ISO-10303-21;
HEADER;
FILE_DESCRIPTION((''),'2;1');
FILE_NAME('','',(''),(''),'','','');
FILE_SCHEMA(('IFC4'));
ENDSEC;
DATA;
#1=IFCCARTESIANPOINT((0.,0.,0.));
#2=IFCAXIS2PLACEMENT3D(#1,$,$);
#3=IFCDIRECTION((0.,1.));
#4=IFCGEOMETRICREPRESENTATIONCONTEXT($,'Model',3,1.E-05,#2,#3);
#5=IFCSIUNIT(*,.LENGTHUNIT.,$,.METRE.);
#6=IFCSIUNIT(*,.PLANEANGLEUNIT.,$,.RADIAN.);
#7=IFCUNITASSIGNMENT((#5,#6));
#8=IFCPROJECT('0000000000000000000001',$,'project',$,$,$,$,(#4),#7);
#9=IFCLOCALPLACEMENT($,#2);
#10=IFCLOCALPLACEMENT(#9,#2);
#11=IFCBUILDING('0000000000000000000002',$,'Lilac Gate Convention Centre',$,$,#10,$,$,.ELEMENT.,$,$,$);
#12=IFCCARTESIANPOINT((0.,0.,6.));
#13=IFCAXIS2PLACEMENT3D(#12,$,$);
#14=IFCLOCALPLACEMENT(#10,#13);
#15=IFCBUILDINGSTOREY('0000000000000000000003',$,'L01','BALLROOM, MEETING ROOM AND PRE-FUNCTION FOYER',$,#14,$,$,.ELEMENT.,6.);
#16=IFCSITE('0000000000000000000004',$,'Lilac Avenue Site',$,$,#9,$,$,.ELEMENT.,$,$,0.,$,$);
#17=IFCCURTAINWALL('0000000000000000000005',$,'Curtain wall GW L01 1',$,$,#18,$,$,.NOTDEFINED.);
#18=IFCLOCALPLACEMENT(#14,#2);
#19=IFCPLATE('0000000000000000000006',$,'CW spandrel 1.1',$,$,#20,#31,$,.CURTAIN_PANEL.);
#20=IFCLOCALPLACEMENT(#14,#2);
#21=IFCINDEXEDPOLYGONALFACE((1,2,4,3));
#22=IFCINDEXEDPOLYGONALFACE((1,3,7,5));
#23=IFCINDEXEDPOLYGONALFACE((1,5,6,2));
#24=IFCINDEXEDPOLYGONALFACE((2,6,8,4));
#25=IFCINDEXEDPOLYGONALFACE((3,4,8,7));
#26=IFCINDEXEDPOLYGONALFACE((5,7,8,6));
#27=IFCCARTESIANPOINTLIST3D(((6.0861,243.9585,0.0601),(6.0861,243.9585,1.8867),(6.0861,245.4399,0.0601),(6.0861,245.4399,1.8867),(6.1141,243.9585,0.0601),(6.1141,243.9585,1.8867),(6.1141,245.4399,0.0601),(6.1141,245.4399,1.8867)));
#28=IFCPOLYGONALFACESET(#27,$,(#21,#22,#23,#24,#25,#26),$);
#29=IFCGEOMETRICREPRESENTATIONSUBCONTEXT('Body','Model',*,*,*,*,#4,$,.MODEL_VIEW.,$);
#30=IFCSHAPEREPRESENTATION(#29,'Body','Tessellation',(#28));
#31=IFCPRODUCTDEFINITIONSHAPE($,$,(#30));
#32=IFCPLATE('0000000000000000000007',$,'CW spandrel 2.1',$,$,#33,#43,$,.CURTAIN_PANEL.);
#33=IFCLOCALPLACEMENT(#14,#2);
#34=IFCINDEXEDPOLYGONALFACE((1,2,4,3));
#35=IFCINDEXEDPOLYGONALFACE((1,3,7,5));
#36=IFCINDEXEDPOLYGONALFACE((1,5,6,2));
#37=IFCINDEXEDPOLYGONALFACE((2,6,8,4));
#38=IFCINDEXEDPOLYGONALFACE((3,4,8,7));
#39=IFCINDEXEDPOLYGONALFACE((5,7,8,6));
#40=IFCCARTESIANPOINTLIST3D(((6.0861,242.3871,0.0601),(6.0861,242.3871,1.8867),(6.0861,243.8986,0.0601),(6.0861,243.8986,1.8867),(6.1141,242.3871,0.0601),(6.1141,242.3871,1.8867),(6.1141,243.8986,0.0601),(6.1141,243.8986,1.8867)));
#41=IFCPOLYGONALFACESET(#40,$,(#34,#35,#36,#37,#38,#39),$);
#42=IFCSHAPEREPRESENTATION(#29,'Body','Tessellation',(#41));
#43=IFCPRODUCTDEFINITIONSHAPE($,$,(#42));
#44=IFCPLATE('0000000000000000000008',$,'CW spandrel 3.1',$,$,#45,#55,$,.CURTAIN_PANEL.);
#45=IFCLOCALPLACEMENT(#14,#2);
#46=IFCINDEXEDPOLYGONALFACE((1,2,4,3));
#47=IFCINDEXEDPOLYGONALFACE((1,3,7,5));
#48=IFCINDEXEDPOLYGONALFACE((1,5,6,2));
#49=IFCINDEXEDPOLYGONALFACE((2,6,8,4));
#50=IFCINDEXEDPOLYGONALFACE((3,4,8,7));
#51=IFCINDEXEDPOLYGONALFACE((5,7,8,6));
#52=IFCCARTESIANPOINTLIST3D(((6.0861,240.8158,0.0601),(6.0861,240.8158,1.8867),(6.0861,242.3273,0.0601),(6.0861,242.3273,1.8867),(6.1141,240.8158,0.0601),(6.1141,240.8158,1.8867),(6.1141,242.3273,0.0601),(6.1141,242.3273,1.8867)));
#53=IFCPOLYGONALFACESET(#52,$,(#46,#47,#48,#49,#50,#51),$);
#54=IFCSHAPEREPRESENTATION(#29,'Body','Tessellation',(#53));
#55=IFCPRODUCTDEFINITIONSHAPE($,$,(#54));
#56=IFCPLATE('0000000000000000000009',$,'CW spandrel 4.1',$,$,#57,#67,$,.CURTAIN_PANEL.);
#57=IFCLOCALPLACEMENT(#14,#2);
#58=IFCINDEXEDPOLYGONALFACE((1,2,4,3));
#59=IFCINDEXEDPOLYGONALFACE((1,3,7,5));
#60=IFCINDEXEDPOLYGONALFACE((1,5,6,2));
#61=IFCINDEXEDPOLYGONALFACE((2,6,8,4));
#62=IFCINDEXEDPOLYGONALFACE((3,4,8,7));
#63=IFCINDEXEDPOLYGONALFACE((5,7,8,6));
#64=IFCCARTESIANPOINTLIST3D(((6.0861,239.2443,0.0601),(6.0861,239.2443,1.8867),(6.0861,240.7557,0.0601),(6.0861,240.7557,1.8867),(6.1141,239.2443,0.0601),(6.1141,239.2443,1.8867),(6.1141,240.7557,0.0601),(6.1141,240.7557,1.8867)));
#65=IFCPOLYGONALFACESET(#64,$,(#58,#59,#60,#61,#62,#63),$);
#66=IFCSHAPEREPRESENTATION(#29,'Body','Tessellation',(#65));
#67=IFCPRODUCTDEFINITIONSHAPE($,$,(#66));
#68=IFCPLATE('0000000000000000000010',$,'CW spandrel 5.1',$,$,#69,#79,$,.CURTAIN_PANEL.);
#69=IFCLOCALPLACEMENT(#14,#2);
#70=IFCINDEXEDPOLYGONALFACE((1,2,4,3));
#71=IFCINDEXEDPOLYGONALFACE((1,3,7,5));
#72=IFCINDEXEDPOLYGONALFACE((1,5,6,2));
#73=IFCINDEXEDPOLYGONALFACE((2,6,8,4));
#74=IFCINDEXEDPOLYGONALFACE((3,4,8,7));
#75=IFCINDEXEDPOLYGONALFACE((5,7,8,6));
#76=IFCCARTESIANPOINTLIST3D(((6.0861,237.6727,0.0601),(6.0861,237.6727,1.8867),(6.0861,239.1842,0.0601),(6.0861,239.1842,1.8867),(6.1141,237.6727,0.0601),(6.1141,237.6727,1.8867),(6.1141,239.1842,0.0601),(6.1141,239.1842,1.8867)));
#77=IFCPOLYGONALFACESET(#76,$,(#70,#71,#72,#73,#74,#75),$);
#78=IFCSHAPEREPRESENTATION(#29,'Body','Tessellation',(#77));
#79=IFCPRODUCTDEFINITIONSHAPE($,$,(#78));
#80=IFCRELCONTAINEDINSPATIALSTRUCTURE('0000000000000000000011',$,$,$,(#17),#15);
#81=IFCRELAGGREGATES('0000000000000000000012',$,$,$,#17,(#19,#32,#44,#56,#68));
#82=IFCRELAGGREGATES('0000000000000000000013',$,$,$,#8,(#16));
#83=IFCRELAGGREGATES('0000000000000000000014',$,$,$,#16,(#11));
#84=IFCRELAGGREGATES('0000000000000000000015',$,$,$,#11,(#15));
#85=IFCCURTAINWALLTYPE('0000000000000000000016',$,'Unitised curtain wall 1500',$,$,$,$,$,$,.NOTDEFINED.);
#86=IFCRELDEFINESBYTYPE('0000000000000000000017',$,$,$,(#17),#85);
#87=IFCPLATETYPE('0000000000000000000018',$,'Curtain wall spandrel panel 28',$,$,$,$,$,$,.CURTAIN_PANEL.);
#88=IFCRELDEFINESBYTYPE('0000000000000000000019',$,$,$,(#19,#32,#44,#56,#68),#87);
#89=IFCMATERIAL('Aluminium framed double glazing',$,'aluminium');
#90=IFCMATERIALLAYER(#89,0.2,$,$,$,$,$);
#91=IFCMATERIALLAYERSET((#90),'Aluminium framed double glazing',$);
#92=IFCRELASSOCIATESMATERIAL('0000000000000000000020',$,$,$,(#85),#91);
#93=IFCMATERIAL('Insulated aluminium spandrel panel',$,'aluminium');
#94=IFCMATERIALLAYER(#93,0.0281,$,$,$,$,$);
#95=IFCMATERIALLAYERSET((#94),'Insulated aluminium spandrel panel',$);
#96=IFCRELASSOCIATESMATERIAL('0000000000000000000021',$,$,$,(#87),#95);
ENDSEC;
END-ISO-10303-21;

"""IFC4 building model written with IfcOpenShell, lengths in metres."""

from ifc_helpers import new_model, si_unit, direction, frame, origin, origin_2d, place, context, subcontext, project, spatial, rectangle, extrude, material, layer, layer_set, type_object, element, aggregate, save


model = new_model("IFC4")

# Units and contexts
model_context = context("Model", 3, precision=1e-05, world=origin(), true_north=direction((0.0, 1.0)))
body_context = subcontext(model_context, "Body", "Model", "MODEL_VIEW")
ifc_project = project(units=[si_unit("LENGTHUNIT", "METRE"), si_unit("PLANEANGLEUNIT", "RADIAN")], contexts=[model_context])

# Site, building, storey
site_placement = place(None, origin())
site = spatial("IfcSite", under=ifc_project, at=site_placement, Name="Lilac Avenue Site", CompositionType="ELEMENT", RefElevation=0.0)
building_placement = place(site_placement, origin())
building = spatial("IfcBuilding", under=site, at=building_placement, Name="Lilac Gate Convention Centre", CompositionType="ELEMENT")
storey_placement = place(building_placement, frame((0.0, 0.0, 6.0)))
storey = spatial("IfcBuildingStorey", under=building, at=storey_placement, Name="L01", Description="BALLROOM, MEETING ROOM AND PRE-FUNCTION FOYER", CompositionType="ELEMENT", Elevation=6.0)

# Curtain wall, plates
ifc_material_1 = material(Name="Aluminium framed double glazing", Category="aluminium")
ifc_layer_1 = layer(ifc_material_1, 0.2)
ifc_layer_set_1 = layer_set([ifc_layer_1], Name="Aluminium framed double glazing")
curtain_wall_type = type_object("IfcCurtainWallType", Name="Unitised curtain wall 1500", PredefinedType="NOTDEFINED", material=ifc_layer_set_1)
curtain_wall_placement = place(storey_placement, origin())
curtain_wall = element("IfcCurtainWall", 1, at=curtain_wall_placement, inside=storey, type_object=curtain_wall_type, Name="Curtain wall GW L01 1", PredefinedType="NOTDEFINED")
ifc_material_2 = material(Name="Insulated aluminium spandrel panel", Category="aluminium")
ifc_layer_2 = layer(ifc_material_2, 0.0281)
ifc_layer_set_2 = layer_set([ifc_layer_2], Name="Insulated aluminium spandrel panel")
plate_type_1 = type_object("IfcPlateType", Name="Curtain wall spandrel panel 28", PredefinedType="CURTAIN_PANEL", material=ifc_layer_set_2)
plate_1_placement = place(storey_placement, frame((6.1001, 244.6992, 0.0601), z_axis=(0.0, 0.0, 1.0), x_axis=(0.0, -1.0, 0.0)))
plate_1 = element("IfcPlate", 2, at=plate_1_placement, type_object=plate_type_1, Name="CW spandrel 1.1", PredefinedType="CURTAIN_PANEL", context=body_context, shape_type="SweptSolid", body=[
    extrude(rectangle(XDim=1.4814, YDim=0.0281, at=origin_2d()), origin(), (0.0, 0.0, 1.0), 1.8267),
])
plate_2_placement = place(storey_placement, frame((6.1001, 243.1428, 0.0601), z_axis=(0.0, 0.0, 1.0), x_axis=(0.0, -1.0, 0.0)))
plate_2 = element("IfcPlate", 3, at=plate_2_placement, type_object=plate_type_1, Name="CW spandrel 2.1", PredefinedType="CURTAIN_PANEL", context=body_context, shape_type="SweptSolid", body=[
    extrude(rectangle(XDim=1.5115, YDim=0.0281, at=origin_2d()), origin(), (0.0, 0.0, 1.0), 1.8267),
])
plate_3_placement = place(storey_placement, frame((6.1001, 241.5715, 0.0601), z_axis=(0.0, 0.0, 1.0), x_axis=(0.0, -1.0, 0.0)))
plate_3 = element("IfcPlate", 4, at=plate_3_placement, type_object=plate_type_1, Name="CW spandrel 3.1", PredefinedType="CURTAIN_PANEL", context=body_context, shape_type="SweptSolid", body=[
    extrude(rectangle(XDim=1.5115, YDim=0.0281, at=origin_2d()), origin(), (0.0, 0.0, 1.0), 1.8267),
])
plate_4_placement = place(storey_placement, frame((6.1001, 240.0, 0.0601), z_axis=(0.0, 0.0, 1.0), x_axis=(0.0, -1.0, 0.0)))
plate_4 = element("IfcPlate", 5, at=plate_4_placement, type_object=plate_type_1, Name="CW spandrel 4.1", PredefinedType="CURTAIN_PANEL", context=body_context, shape_type="SweptSolid", body=[
    extrude(rectangle(XDim=1.5115, YDim=0.0281, at=origin_2d()), origin(), (0.0, 0.0, 1.0), 1.8267),
])
plate_5_placement = place(storey_placement, frame((6.1001, 238.4285, 0.0601), z_axis=(0.0, 0.0, 1.0), x_axis=(0.0, -1.0, 0.0)))
plate_5 = element("IfcPlate", 6, at=plate_5_placement, type_object=plate_type_1, Name="CW spandrel 5.1", PredefinedType="CURTAIN_PANEL", context=body_context, shape_type="SweptSolid", body=[
    extrude(rectangle(XDim=1.5115, YDim=0.0281, at=origin_2d()), origin(), (0.0, 0.0, 1.0), 1.8267),
])
aggregate(curtain_wall, [plate_1, plate_2, plate_3, plate_4, plate_5])

save(model, "model.ifc")
